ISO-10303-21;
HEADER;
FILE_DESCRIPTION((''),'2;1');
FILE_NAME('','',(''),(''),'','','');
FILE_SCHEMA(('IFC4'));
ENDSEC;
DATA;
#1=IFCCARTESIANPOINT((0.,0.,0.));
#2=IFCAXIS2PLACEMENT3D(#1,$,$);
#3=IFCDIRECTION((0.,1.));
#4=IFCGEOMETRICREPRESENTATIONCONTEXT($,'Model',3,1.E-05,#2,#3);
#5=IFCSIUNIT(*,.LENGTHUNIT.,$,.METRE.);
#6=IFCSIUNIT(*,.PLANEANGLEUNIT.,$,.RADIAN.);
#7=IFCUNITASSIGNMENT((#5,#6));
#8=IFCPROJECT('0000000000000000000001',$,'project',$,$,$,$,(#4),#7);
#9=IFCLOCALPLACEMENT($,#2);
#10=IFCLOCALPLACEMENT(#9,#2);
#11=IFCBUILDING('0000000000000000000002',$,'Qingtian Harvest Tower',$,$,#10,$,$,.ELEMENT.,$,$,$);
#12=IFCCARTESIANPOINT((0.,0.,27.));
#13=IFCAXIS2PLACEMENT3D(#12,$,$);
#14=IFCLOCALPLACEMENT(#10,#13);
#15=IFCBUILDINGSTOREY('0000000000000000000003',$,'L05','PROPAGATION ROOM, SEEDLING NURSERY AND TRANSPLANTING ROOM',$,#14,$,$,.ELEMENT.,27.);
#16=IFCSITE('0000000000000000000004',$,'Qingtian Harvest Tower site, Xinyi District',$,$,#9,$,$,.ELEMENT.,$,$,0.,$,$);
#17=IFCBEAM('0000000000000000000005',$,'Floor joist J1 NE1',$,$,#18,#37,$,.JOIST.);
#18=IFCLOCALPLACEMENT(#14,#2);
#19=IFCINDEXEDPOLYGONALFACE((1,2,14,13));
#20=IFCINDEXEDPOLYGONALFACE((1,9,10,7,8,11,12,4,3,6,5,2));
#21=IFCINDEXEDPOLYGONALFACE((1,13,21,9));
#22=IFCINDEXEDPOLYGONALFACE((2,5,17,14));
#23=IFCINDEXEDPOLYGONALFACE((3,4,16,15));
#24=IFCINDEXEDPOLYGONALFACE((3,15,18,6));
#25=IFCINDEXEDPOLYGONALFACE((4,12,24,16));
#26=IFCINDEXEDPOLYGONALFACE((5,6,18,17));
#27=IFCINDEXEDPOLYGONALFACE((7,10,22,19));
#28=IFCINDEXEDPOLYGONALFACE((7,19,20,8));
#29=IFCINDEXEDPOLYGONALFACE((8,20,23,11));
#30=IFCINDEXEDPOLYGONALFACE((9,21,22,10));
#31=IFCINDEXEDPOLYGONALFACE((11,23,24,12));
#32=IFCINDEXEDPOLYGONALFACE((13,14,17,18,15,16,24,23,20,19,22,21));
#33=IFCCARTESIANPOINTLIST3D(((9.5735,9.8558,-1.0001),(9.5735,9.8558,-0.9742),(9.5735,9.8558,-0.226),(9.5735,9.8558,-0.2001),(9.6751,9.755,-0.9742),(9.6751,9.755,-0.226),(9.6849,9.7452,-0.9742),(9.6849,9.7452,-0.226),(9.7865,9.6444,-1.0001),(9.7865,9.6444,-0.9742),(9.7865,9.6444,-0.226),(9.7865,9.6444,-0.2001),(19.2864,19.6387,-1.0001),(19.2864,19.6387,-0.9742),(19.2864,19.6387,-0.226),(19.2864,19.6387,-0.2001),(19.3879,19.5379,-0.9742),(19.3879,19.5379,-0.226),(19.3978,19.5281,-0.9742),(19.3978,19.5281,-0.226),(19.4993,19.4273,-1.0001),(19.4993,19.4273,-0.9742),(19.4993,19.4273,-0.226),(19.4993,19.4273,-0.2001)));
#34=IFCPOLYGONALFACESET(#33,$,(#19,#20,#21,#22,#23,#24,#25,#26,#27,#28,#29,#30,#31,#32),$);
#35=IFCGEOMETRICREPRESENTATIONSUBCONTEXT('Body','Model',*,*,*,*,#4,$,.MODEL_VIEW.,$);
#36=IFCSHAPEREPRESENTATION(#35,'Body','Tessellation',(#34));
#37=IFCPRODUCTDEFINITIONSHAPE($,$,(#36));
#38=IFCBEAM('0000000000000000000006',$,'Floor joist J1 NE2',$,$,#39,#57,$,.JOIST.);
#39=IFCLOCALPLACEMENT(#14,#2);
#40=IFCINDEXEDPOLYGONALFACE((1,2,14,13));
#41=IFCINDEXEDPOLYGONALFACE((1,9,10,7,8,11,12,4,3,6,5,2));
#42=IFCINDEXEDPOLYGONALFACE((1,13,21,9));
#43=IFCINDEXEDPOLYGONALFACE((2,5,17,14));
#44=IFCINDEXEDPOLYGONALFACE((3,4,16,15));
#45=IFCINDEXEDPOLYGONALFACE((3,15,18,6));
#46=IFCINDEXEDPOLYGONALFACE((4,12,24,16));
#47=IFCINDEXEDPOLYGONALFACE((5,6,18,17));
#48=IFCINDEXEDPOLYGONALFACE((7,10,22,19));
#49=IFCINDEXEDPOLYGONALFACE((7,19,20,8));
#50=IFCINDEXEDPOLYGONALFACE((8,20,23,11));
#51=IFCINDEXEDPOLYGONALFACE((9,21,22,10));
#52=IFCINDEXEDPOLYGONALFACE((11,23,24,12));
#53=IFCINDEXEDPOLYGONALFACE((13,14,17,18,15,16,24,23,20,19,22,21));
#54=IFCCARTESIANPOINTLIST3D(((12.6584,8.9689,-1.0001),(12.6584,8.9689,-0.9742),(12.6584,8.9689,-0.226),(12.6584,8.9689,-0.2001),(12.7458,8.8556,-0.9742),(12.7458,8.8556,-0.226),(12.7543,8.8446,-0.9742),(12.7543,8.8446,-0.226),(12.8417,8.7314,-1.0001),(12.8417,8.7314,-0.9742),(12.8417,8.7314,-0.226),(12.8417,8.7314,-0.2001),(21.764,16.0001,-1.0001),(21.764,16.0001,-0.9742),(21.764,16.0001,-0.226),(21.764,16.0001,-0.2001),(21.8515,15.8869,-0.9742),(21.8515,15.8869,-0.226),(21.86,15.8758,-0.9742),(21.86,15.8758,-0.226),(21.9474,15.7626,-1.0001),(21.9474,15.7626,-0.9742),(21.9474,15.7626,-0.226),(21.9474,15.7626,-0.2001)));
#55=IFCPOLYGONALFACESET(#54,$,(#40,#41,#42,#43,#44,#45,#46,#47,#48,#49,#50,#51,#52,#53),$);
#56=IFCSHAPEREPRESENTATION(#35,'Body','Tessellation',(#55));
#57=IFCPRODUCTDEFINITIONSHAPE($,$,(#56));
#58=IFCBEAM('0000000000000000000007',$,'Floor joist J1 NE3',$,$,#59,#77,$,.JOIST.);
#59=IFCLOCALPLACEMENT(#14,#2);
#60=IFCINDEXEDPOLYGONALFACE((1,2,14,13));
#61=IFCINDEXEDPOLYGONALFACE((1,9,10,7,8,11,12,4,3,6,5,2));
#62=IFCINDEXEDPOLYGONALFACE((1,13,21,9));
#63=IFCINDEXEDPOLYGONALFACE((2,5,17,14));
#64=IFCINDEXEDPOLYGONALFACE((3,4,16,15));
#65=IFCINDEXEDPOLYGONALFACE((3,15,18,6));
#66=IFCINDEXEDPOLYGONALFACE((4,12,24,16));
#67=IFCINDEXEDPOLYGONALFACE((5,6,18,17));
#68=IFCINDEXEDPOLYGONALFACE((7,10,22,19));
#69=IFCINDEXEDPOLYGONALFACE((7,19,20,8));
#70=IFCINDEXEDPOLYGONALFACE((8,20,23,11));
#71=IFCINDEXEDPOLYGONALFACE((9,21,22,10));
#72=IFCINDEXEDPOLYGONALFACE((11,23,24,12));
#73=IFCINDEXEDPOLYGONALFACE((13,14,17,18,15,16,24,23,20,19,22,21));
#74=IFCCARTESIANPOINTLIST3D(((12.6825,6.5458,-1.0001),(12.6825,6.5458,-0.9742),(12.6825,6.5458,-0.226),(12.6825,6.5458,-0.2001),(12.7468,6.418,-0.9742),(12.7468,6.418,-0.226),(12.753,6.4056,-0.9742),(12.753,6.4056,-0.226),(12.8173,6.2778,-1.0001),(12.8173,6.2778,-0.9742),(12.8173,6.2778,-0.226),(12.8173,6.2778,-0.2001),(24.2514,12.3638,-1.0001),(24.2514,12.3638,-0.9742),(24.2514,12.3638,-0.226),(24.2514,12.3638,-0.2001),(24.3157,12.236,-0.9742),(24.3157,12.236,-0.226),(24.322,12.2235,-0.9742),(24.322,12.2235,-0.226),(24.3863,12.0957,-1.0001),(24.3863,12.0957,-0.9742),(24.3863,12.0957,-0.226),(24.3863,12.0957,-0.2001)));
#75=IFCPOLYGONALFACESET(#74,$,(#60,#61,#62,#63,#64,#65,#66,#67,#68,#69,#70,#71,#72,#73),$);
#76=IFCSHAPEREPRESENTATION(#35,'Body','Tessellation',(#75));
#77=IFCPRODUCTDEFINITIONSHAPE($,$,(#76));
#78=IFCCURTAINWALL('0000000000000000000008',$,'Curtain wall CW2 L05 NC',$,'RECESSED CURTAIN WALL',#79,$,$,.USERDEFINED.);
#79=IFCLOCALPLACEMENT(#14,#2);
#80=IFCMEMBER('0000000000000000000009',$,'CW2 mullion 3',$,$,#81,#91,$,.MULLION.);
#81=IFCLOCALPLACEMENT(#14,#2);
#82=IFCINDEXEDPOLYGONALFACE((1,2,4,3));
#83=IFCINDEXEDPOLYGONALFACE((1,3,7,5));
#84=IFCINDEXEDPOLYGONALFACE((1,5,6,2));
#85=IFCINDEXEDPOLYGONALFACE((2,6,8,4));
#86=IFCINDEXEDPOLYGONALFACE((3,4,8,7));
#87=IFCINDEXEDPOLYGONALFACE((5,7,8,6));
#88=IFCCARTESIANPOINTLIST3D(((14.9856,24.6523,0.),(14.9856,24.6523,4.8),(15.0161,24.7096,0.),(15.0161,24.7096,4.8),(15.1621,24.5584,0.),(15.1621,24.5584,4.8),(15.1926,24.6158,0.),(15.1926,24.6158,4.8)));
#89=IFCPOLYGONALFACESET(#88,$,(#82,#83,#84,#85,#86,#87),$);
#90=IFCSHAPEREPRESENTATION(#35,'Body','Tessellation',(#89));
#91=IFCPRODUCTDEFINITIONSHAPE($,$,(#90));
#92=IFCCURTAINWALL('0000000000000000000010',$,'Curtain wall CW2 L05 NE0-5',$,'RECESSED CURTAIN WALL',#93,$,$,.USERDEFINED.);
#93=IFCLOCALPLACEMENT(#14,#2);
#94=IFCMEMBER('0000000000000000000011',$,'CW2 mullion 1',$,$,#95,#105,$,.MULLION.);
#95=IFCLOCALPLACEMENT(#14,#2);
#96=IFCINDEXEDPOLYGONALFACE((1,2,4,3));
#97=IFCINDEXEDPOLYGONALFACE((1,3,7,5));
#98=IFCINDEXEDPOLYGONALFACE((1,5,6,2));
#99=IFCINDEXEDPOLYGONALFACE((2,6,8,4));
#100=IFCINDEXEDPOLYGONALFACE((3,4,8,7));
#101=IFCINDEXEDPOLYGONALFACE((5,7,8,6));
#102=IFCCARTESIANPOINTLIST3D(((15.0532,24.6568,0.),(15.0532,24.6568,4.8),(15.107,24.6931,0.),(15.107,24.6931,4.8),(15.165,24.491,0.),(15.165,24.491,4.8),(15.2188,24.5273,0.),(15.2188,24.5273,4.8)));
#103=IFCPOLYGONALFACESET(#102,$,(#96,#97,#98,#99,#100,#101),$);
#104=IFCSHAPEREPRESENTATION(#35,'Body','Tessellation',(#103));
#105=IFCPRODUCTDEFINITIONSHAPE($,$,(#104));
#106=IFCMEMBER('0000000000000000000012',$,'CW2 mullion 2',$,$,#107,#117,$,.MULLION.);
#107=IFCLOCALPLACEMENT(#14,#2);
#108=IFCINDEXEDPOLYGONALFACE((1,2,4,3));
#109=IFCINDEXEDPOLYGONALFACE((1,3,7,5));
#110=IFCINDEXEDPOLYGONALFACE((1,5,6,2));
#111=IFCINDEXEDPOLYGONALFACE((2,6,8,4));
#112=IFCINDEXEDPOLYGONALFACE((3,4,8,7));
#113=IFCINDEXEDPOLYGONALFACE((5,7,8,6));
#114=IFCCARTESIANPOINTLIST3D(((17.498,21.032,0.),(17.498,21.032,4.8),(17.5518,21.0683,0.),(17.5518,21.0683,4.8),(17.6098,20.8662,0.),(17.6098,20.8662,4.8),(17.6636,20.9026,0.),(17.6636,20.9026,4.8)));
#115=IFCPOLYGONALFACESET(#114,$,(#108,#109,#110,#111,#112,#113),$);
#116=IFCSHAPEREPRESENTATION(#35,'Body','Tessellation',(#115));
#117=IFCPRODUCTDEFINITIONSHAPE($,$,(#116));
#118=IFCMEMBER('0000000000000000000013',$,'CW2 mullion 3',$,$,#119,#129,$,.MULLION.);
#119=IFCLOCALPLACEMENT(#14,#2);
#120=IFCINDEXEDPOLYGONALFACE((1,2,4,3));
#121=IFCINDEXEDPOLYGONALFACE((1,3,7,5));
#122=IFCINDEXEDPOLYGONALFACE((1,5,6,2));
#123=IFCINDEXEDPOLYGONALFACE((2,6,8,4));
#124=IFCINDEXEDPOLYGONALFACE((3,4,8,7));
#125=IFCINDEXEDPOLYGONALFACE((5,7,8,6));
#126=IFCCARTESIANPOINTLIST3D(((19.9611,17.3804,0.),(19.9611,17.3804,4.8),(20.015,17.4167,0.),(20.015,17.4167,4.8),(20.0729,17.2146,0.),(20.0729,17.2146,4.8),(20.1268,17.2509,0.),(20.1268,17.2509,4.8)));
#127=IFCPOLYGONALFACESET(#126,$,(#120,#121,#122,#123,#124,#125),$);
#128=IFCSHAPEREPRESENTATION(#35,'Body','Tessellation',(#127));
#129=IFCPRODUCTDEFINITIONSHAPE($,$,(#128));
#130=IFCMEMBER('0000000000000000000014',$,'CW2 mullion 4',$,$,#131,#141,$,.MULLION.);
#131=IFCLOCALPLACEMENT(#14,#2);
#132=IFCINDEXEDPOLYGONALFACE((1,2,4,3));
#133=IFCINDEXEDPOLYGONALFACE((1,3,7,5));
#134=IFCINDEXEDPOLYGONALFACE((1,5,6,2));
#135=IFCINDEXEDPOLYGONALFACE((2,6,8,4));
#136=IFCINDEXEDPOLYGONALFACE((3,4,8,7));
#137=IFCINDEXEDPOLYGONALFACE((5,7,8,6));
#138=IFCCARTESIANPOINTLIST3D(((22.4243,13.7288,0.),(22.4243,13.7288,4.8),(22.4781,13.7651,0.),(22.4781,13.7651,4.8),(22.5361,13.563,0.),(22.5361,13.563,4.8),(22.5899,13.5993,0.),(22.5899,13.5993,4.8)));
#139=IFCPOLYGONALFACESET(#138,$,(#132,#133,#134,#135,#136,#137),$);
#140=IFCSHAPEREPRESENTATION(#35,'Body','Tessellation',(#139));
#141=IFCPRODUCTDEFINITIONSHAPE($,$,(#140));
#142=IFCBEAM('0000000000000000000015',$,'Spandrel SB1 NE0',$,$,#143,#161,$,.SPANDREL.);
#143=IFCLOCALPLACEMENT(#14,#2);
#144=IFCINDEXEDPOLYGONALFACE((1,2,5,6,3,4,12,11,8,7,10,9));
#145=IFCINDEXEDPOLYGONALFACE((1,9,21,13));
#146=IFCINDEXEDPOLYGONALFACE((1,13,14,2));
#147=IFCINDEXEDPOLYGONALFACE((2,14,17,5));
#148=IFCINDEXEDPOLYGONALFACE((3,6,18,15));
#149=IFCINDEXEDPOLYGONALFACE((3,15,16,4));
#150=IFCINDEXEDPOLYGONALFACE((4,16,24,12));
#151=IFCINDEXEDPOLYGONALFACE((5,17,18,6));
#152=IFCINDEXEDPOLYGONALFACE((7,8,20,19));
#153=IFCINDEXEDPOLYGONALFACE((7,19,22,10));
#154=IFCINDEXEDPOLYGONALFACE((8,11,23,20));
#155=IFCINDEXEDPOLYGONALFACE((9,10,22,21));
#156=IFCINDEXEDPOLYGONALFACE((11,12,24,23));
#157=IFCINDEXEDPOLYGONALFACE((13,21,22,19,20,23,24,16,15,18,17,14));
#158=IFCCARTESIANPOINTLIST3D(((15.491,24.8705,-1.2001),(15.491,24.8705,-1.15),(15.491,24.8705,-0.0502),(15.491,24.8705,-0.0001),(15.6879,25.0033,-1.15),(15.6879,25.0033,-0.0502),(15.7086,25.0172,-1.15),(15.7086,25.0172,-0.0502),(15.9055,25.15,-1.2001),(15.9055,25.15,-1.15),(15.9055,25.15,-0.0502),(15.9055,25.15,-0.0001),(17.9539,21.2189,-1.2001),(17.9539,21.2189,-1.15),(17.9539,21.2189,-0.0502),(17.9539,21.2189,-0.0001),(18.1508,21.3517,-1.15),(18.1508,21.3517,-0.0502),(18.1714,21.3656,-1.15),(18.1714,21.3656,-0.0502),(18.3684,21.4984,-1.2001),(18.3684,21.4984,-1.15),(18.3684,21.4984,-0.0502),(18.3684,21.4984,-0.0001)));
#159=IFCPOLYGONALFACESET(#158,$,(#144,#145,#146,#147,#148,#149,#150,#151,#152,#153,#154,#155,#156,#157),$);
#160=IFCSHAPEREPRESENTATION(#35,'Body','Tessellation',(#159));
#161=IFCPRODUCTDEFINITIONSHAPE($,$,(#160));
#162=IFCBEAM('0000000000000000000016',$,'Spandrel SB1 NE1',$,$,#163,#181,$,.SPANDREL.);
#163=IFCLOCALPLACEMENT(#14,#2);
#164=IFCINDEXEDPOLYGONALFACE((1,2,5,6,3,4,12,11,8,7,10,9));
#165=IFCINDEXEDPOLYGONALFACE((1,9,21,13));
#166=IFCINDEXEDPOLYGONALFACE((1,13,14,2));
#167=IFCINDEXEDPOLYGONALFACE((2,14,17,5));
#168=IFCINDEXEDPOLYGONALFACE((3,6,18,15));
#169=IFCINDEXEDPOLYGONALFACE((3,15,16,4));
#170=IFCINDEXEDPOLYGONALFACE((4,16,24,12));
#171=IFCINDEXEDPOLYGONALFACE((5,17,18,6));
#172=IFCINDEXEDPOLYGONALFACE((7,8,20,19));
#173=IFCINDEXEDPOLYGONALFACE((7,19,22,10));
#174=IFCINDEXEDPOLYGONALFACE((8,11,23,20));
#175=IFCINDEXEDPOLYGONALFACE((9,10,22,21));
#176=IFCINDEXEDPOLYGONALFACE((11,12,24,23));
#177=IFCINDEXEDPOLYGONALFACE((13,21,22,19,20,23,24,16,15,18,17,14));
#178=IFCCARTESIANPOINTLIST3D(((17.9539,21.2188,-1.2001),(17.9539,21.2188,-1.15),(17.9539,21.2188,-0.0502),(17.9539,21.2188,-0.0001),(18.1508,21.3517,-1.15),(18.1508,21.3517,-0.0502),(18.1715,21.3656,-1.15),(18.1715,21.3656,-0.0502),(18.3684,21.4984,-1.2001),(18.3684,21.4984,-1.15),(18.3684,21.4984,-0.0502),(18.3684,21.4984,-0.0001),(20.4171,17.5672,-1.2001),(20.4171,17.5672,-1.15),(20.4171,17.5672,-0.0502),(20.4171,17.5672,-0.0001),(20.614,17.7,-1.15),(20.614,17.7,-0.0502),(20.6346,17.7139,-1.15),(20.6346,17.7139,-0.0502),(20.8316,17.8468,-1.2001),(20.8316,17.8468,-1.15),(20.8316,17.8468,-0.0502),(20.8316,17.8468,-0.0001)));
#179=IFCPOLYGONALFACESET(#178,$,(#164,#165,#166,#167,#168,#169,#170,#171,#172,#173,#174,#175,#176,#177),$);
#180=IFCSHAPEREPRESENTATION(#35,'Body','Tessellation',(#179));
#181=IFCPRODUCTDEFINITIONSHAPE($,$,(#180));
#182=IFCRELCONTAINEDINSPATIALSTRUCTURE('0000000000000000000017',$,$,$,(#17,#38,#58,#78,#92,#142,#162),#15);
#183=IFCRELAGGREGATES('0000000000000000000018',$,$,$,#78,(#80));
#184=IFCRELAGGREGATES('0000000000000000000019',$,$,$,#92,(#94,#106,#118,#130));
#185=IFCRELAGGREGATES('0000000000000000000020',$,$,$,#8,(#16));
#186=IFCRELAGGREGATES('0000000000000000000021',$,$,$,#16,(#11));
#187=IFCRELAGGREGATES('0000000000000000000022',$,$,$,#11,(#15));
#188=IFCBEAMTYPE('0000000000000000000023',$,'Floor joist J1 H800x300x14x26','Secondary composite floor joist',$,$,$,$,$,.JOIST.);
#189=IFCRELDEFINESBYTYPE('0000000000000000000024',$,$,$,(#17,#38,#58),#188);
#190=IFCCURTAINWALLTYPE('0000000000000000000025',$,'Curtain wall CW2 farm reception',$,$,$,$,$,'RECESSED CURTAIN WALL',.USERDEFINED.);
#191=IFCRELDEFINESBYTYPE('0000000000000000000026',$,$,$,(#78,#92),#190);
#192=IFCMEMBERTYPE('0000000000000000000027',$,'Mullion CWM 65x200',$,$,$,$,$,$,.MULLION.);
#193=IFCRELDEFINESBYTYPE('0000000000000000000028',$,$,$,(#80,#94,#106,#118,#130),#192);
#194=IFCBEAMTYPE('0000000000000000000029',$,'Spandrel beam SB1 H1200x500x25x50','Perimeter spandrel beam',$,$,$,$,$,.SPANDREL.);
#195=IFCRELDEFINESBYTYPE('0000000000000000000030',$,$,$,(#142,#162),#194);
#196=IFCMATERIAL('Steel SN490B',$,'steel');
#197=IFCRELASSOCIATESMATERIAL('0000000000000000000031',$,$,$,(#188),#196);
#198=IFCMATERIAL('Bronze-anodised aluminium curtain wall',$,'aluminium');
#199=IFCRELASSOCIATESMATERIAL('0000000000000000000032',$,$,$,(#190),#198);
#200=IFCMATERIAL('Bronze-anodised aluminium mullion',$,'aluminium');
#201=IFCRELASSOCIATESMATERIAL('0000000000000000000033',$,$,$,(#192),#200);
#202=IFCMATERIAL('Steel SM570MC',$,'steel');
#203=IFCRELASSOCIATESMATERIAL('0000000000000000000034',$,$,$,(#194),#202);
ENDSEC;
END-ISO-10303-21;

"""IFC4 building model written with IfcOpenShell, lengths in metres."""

from ifc_helpers import new_model, si_unit, direction, frame, origin, origin_2d, place, context, subcontext, project, spatial, rectangle, i_section, extrude, material, material_profile, profile_set, type_object, element, aggregate, save


model = new_model("IFC4")

# Units and contexts
model_context = context("Model", 3, precision=1e-05, world=origin(), true_north=direction((0.0, 1.0)))
body_context = subcontext(model_context, "Body", "Model", "MODEL_VIEW")
ifc_project = project(units=[si_unit("LENGTHUNIT", "METRE"), si_unit("PLANEANGLEUNIT", "RADIAN")], contexts=[model_context])

# Site, building, storey
site_placement = place(None, origin())
site = spatial("IfcSite", under=ifc_project, at=site_placement, Name="Qingtian Harvest Tower site, Xinyi District", CompositionType="ELEMENT", RefElevation=0.0)
building_placement = place(site_placement, origin())
building = spatial("IfcBuilding", under=site, at=building_placement, Name="Qingtian Harvest Tower", CompositionType="ELEMENT")
storey_placement = place(building_placement, frame((0.0, 0.0, 27.0)))
storey = spatial("IfcBuildingStorey", under=building, at=storey_placement, Name="L05", Description="PROPAGATION ROOM, SEEDLING NURSERY AND TRANSPLANTING ROOM", CompositionType="ELEMENT", Elevation=27.0)

# Beams
ifc_material_1 = material(Name="Steel SN490B", Category="steel")
ifc_material_profile_1 = material_profile(ifc_material_1, i_section(OverallWidth=0.3, OverallDepth=0.8, WebThickness=0.0139, FlangeThickness=0.0259, at=origin_2d()), Name="H800x300x14x26")
ifc_profile_set_1 = profile_set([ifc_material_profile_1], Name="Steel SN490B")
beam_type_1 = type_object("IfcBeamType", Name="Floor joist J1 H800x300x14x26", Description="Secondary composite floor joist", PredefinedType="JOIST", material=ifc_profile_set_1)
beam_1_placement = place(storey_placement, frame((19.3928, 19.533, -0.6001), z_axis=(-0.704561, -0.709644, 0.0), x_axis=(0.709644, -0.704561, 0.0)))
element("IfcBeam", 1, at=beam_1_placement, inside=storey, type_object=beam_type_1, Name="Floor joist J1 NE1", PredefinedType="JOIST", context=body_context, shape_type="SweptSolid", body=[
    extrude(i_section(OverallWidth=0.3, OverallDepth=0.8, WebThickness=0.0139, FlangeThickness=0.0259, at=origin_2d()), origin(), (0.0, 0.0, 1.0), 13.7856),
])
beam_2_placement = place(storey_placement, frame((21.8557, 15.8813, -0.6001), z_axis=(-0.791495, -0.611176, 0.0), x_axis=(0.611176, -0.791495, 0.0)))
element("IfcBeam", 2, at=beam_2_placement, inside=storey, type_object=beam_type_1, Name="Floor joist J1 NE2", PredefinedType="JOIST", context=body_context, shape_type="SweptSolid", body=[
    extrude(i_section(OverallWidth=0.3, OverallDepth=0.8, WebThickness=0.0139, FlangeThickness=0.0259, at=origin_2d()), origin(), (0.0, 0.0, 1.0), 11.5044),
])
beam_3_placement = place(storey_placement, frame((24.3188, 12.2297, -0.6001), z_axis=(-0.893392, -0.449279, 0.0), x_axis=(0.449279, -0.893392, 0.0)))
element("IfcBeam", 3, at=beam_3_placement, inside=storey, type_object=beam_type_1, Name="Floor joist J1 NE3", PredefinedType="JOIST", context=body_context, shape_type="SweptSolid", body=[
    extrude(i_section(OverallWidth=0.3, OverallDepth=0.8, WebThickness=0.0139, FlangeThickness=0.0259, at=origin_2d()), origin(), (0.0, 0.0, 1.0), 12.9495),
])

# Curtain wall, member
ifc_material_2 = material(Name="Bronze-anodised aluminium curtain wall", Category="aluminium")
curtain_wall_type = type_object("IfcCurtainWallType", Name="Curtain wall CW2 farm reception", ElementType="RECESSED CURTAIN WALL", PredefinedType="USERDEFINED", material=ifc_material_2)
curtain_wall_1_placement = place(storey_placement, origin())
curtain_wall_1 = element("IfcCurtainWall", 4, at=curtain_wall_1_placement, inside=storey, type_object=curtain_wall_type, Name="Curtain wall CW2 L05 NC", ObjectType="RECESSED CURTAIN WALL", PredefinedType="USERDEFINED")
ifc_material_3 = material(Name="Bronze-anodised aluminium mullion", Category="aluminium")
ifc_material_profile_2 = material_profile(ifc_material_3, rectangle(XDim=0.0649, YDim=0.2, at=origin_2d()), Name="AL 65x200")
ifc_profile_set_2 = profile_set([ifc_material_profile_2], Name="Bronze-anodised aluminium mullion")
member_type_1 = type_object("IfcMemberType", Name="Mullion CWM 65x200", PredefinedType="MULLION", material=ifc_profile_set_2)
member_1_placement = place(storey_placement, frame((15.0891, 24.634, 0.0), z_axis=(0.0, 0.0, 1.0), x_axis=(0.469472, 0.882948, 0.0)))
member_1 = element("IfcMember", 5, at=member_1_placement, type_object=member_type_1, Name="CW2 mullion 3", PredefinedType="MULLION", context=body_context, shape_type="SweptSolid", body=[
    extrude(rectangle(XDim=0.0649, YDim=0.2, at=origin_2d()), origin(), (0.0, 0.0, 1.0), 4.8),
])

# Curtain wall, members
curtain_wall_2_placement = place(storey_placement, origin())
curtain_wall_2 = element("IfcCurtainWall", 6, at=curtain_wall_2_placement, inside=storey, type_object=curtain_wall_type, Name="Curtain wall CW2 L05 NE0-5", ObjectType="RECESSED CURTAIN WALL", PredefinedType="USERDEFINED")
member_2_placement = place(storey_placement, frame((15.136, 24.592, 0.0), z_axis=(0.0, 0.0, 1.0), x_axis=(0.829038, 0.559193, 0.0)))
member_2 = element("IfcMember", 7, at=member_2_placement, type_object=member_type_1, Name="CW2 mullion 1", PredefinedType="MULLION", context=body_context, shape_type="SweptSolid", body=[
    extrude(rectangle(XDim=0.0649, YDim=0.2, at=origin_2d()), origin(), (0.0, 0.0, 1.0), 4.8),
])
member_3_placement = place(storey_placement, frame((17.5808, 20.9673, 0.0), z_axis=(0.0, 0.0, 1.0), x_axis=(0.829038, 0.559193, 0.0)))
member_3 = element("IfcMember", 8, at=member_3_placement, type_object=member_type_1, Name="CW2 mullion 2", PredefinedType="MULLION", context=body_context, shape_type="SweptSolid", body=[
    extrude(rectangle(XDim=0.0649, YDim=0.2, at=origin_2d()), origin(), (0.0, 0.0, 1.0), 4.8),
])
member_4_placement = place(storey_placement, frame((20.0439, 17.3157, 0.0), z_axis=(0.0, 0.0, 1.0), x_axis=(0.829038, 0.559193, 0.0)))
member_4 = element("IfcMember", 9, at=member_4_placement, type_object=member_type_1, Name="CW2 mullion 3", PredefinedType="MULLION", context=body_context, shape_type="SweptSolid", body=[
    extrude(rectangle(XDim=0.0649, YDim=0.2, at=origin_2d()), origin(), (0.0, 0.0, 1.0), 4.8),
])
member_5_placement = place(storey_placement, frame((22.5071, 13.6641, 0.0), z_axis=(0.0, 0.0, 1.0), x_axis=(0.829038, 0.559193, 0.0)))
member_5 = element("IfcMember", 10, at=member_5_placement, type_object=member_type_1, Name="CW2 mullion 4", PredefinedType="MULLION", context=body_context, shape_type="SweptSolid", body=[
    extrude(rectangle(XDim=0.0649, YDim=0.2, at=origin_2d()), origin(), (0.0, 0.0, 1.0), 4.8),
])

# Beams
ifc_material_4 = material(Name="Steel SM570MC", Category="steel")
ifc_material_profile_3 = material_profile(ifc_material_4, i_section(OverallWidth=0.5, OverallDepth=1.2, WebThickness=0.0249, FlangeThickness=0.05, at=origin_2d()), Name="H1200x500x25x50")
ifc_profile_set_3 = profile_set([ifc_material_profile_3], Name="Steel SM570MC")
beam_type_2 = type_object("IfcBeamType", Name="Spandrel beam SB1 H1200x500x25x50", Description="Perimeter spandrel beam", PredefinedType="SPANDREL", material=ifc_profile_set_3)
beam_4_placement = place(storey_placement, frame((15.6982, 25.0103, -0.6001), z_axis=(0.559169, -0.829054, 0.0), x_axis=(0.829054, 0.559169, 0.0)))
element("IfcBeam", 11, at=beam_4_placement, inside=storey, type_object=beam_type_2, Name="Spandrel SB1 NE0", PredefinedType="SPANDREL", context=body_context, shape_type="SweptSolid", body=[
    extrude(i_section(OverallWidth=0.5, OverallDepth=1.2, WebThickness=0.0249, FlangeThickness=0.05, at=origin_2d()), origin(), (0.0, 0.0, 1.0), 4.4045),
])
beam_5_placement = place(storey_placement, frame((18.1611, 21.3586, -0.6001), z_axis=(0.559207, -0.829028, 0.0), x_axis=(0.829028, 0.559207, 0.0)))
element("IfcBeam", 12, at=beam_5_placement, inside=storey, type_object=beam_type_2, Name="Spandrel SB1 NE1", PredefinedType="SPANDREL", context=body_context, shape_type="SweptSolid", body=[
    extrude(i_section(OverallWidth=0.5, OverallDepth=1.2, WebThickness=0.0249, FlangeThickness=0.05, at=origin_2d()), origin(), (0.0, 0.0, 1.0), 4.4048),
])

aggregate(curtain_wall_1, [member_1])
aggregate(curtain_wall_2, [member_2, member_3, member_4, member_5])

save(model, "model.ifc")
